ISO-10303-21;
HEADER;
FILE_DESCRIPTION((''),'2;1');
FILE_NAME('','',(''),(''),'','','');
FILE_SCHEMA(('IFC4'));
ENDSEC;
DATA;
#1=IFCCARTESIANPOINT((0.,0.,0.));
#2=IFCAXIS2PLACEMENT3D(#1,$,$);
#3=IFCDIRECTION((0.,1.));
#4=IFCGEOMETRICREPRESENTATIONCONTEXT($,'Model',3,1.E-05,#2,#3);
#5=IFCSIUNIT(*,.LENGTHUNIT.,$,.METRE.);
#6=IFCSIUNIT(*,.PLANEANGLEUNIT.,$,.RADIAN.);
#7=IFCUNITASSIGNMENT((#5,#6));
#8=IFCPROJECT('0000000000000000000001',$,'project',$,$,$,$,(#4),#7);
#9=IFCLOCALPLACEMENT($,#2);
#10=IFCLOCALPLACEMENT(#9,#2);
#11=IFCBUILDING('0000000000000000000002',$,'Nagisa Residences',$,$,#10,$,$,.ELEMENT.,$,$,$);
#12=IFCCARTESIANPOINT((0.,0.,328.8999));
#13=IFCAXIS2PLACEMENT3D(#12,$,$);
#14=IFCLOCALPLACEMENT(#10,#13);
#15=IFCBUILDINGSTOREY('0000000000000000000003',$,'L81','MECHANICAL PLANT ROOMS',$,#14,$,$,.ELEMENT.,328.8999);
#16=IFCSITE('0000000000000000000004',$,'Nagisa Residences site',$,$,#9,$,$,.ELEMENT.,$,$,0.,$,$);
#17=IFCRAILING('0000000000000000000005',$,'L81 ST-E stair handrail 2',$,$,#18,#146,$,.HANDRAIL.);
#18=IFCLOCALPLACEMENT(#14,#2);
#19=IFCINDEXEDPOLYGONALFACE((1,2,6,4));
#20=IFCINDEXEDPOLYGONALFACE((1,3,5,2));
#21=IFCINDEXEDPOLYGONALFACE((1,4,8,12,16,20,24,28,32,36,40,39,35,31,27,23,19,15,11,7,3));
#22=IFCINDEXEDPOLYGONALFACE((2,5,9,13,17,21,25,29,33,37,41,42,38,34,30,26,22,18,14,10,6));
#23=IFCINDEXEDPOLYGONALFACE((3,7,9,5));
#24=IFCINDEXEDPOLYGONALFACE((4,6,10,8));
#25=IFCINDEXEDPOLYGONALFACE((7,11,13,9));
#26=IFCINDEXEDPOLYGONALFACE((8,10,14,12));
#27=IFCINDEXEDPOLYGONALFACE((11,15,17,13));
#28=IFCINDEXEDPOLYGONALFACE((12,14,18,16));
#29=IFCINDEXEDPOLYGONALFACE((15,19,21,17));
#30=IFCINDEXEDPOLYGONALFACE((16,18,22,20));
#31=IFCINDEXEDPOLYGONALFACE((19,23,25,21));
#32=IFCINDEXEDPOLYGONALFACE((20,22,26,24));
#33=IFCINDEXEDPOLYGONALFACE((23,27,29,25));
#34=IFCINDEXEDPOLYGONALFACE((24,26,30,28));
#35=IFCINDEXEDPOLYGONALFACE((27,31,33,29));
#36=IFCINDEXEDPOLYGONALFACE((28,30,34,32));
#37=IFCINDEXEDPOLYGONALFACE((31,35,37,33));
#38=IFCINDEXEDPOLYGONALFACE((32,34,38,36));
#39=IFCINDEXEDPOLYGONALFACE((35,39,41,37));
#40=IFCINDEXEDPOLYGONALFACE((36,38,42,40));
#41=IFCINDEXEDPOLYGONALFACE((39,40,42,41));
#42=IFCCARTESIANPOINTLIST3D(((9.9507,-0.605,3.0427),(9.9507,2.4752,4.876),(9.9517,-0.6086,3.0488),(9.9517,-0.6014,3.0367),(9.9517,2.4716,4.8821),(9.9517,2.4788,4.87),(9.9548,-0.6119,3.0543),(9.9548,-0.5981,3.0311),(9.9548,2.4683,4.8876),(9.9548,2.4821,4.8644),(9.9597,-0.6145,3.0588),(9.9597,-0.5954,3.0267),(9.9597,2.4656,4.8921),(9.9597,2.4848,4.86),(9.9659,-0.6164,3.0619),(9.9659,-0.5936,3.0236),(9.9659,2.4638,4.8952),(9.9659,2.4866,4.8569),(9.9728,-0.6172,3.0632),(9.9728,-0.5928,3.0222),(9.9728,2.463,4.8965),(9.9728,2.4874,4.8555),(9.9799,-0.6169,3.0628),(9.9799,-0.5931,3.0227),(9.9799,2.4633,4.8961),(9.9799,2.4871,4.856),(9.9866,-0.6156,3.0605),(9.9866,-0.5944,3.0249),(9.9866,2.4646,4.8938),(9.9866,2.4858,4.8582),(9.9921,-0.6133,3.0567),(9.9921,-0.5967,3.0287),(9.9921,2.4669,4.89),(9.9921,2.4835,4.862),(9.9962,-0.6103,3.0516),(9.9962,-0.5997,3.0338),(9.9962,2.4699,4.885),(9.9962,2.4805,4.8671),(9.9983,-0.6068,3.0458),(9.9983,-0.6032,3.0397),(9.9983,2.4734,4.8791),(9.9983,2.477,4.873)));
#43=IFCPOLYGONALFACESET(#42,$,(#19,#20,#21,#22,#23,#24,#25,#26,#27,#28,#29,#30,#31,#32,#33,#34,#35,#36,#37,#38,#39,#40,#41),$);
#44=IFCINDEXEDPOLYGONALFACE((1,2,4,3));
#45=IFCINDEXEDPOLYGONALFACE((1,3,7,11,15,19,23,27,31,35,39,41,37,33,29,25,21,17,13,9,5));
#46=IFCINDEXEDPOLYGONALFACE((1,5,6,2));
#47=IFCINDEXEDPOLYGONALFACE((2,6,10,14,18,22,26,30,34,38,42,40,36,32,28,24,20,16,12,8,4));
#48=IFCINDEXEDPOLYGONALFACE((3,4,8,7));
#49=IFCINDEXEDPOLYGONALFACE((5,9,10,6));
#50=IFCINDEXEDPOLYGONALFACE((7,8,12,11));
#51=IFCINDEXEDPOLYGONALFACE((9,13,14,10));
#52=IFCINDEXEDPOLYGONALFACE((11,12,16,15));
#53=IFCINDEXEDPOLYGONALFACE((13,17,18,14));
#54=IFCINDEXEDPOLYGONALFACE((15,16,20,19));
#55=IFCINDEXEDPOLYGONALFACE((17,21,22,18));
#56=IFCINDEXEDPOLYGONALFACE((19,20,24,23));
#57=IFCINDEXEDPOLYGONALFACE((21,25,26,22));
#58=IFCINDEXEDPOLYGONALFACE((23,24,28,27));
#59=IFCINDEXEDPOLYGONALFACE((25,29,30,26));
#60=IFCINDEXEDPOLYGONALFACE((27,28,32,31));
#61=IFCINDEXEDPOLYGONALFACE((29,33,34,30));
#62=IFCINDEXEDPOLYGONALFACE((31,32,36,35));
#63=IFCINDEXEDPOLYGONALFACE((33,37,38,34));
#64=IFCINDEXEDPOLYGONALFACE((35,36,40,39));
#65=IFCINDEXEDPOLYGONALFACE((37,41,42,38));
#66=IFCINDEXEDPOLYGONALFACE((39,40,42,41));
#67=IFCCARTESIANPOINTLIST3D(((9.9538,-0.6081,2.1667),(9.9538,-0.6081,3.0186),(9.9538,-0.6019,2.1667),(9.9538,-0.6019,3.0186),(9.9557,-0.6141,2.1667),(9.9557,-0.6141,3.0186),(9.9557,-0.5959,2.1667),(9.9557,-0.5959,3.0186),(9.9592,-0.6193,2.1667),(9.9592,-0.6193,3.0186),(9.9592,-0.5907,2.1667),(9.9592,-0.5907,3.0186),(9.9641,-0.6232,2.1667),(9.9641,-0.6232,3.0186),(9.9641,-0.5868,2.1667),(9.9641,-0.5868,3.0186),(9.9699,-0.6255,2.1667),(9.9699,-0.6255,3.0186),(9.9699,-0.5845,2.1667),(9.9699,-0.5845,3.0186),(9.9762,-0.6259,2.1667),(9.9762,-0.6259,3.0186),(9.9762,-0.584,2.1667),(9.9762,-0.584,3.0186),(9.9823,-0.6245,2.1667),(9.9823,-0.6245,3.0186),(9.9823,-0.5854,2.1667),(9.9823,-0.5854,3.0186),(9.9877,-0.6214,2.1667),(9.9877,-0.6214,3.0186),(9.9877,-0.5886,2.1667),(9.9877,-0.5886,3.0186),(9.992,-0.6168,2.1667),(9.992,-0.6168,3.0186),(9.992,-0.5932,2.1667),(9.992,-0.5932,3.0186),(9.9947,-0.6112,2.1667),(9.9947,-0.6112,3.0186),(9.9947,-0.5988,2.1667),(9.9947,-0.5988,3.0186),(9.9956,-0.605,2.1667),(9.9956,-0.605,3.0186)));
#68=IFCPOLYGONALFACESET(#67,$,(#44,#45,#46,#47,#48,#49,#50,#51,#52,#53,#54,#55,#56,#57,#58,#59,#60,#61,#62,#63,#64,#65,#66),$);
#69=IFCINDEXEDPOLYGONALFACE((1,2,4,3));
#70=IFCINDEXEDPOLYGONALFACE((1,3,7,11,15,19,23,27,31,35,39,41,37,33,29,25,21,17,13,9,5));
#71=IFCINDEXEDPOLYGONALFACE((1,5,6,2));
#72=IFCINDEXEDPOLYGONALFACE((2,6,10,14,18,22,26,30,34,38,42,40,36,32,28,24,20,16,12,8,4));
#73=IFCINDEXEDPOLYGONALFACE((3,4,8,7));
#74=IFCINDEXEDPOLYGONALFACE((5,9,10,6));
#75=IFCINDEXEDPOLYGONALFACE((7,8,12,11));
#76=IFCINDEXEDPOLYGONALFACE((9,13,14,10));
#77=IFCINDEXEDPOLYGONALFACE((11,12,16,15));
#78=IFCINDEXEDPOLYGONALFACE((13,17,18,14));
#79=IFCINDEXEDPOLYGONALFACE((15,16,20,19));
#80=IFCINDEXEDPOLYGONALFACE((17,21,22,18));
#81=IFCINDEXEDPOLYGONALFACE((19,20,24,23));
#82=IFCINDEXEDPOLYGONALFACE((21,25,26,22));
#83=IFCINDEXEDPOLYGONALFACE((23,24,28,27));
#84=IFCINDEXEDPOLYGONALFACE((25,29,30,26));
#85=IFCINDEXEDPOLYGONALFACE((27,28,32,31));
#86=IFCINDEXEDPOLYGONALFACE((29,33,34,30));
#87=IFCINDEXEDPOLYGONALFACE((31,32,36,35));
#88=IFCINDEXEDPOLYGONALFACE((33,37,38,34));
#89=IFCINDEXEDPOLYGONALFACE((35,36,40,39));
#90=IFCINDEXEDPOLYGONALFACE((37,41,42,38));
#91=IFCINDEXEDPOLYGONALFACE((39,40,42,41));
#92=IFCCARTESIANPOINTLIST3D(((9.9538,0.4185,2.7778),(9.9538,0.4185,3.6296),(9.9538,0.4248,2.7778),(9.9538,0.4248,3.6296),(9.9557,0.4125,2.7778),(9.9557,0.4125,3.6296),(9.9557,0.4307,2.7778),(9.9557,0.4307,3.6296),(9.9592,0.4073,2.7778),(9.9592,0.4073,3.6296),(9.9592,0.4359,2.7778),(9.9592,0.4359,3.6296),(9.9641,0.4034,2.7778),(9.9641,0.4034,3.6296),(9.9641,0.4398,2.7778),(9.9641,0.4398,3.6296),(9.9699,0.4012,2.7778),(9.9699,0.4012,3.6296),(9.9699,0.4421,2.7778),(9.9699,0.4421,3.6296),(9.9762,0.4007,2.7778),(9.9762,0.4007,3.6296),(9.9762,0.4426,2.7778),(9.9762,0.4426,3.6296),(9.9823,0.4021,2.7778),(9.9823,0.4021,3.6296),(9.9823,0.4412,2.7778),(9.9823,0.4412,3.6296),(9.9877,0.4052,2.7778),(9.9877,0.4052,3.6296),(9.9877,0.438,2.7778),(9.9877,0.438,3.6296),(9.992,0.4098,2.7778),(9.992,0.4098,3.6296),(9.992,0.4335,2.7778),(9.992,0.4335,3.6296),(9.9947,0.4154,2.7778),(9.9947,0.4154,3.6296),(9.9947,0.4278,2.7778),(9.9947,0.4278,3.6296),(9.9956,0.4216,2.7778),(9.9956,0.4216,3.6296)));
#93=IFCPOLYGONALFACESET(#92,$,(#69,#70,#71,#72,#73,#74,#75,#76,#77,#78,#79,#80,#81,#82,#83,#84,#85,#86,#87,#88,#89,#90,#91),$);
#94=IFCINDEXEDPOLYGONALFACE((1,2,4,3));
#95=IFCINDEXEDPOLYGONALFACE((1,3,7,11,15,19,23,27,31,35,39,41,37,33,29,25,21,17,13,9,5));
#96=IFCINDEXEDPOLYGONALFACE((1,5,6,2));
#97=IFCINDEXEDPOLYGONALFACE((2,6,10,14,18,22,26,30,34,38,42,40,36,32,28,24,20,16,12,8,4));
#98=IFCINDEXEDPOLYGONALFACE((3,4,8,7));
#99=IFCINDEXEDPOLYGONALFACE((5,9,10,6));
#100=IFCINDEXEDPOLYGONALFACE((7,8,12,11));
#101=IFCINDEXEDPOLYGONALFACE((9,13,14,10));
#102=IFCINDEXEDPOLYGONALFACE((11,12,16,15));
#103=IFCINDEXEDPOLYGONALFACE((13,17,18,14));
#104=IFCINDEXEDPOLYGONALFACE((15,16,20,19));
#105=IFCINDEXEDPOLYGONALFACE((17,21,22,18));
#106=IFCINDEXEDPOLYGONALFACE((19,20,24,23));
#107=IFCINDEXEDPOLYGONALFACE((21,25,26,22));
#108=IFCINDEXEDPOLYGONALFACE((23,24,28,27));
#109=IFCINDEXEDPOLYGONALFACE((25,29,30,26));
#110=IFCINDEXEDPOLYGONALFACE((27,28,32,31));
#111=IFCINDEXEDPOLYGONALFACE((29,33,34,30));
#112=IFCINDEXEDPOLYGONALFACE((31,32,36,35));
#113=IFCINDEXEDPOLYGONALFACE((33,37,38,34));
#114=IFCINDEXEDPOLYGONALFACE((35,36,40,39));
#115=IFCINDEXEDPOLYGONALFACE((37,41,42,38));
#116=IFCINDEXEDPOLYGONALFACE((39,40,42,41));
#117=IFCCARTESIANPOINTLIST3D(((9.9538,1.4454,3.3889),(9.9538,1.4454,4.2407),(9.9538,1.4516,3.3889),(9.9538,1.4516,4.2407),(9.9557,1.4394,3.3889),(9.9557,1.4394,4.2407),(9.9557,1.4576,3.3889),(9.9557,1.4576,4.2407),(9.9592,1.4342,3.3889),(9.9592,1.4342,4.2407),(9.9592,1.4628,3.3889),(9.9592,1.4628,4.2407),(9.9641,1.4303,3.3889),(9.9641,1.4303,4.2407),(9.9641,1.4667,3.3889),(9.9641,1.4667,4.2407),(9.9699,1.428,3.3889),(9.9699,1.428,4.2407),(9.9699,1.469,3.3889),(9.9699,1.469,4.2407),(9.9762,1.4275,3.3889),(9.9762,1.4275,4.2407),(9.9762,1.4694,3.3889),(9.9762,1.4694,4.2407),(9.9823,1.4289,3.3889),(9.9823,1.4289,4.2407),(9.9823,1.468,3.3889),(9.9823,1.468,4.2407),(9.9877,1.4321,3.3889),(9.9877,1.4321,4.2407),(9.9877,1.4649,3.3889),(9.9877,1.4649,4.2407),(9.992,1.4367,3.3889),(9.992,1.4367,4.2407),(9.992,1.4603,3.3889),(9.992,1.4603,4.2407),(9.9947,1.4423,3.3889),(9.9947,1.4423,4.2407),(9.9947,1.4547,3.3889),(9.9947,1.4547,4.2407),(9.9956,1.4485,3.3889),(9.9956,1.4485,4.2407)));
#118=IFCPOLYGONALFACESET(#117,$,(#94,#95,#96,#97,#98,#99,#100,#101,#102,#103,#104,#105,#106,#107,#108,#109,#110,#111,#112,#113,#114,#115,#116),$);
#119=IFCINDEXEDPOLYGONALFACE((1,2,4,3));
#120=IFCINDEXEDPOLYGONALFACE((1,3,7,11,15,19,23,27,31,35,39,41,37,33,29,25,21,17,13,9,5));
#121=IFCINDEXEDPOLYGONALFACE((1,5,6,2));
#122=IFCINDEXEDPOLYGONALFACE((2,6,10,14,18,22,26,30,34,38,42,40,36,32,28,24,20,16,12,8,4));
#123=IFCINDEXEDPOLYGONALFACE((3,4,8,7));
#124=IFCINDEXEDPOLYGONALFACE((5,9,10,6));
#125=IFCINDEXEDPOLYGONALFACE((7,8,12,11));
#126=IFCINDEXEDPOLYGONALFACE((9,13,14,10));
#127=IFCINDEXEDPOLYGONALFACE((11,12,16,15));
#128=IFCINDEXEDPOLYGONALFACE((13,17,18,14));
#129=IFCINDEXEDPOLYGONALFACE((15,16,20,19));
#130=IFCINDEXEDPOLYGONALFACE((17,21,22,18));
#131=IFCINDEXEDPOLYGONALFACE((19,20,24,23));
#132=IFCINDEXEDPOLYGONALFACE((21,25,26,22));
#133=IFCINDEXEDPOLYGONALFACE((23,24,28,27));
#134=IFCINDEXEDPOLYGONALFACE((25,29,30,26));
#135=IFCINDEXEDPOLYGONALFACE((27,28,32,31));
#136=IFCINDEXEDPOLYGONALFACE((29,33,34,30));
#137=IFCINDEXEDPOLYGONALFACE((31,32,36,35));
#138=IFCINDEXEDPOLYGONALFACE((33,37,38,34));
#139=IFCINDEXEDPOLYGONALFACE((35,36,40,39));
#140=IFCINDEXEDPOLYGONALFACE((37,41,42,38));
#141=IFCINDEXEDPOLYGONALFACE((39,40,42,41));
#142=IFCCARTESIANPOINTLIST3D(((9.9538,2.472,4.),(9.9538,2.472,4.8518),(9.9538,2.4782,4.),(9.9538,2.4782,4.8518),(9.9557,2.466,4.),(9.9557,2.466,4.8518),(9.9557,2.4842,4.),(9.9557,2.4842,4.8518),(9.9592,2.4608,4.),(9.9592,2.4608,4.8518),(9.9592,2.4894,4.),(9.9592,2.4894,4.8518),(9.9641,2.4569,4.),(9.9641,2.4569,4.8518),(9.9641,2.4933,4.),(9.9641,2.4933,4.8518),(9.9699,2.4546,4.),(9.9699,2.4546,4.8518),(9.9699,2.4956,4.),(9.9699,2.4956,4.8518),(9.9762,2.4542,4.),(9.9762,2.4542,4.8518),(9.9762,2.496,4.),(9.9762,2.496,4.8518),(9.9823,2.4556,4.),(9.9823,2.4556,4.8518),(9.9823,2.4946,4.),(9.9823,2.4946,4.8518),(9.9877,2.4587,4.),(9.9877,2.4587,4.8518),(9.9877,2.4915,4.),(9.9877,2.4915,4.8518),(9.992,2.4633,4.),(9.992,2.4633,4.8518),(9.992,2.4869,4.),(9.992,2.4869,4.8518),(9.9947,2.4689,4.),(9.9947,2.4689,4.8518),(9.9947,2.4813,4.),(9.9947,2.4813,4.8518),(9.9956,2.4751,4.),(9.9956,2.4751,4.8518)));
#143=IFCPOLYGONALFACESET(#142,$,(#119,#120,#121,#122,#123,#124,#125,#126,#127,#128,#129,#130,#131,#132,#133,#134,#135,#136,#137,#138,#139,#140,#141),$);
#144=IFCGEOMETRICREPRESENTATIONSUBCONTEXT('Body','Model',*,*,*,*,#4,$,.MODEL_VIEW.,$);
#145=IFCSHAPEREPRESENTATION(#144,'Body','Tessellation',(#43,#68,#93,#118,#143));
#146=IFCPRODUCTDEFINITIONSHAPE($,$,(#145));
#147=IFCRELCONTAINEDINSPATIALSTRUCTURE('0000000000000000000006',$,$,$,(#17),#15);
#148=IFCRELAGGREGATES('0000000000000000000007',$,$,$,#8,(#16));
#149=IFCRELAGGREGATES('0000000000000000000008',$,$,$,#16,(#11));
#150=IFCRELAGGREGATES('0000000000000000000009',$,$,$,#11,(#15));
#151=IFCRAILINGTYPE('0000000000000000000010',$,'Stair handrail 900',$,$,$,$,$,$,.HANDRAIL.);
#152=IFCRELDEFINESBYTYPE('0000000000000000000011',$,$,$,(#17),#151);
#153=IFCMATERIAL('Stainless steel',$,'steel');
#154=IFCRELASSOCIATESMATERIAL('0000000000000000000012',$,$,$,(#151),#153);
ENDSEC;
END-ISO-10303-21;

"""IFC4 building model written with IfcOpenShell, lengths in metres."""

from ifc_helpers import new_model, si_unit, direction, frame, origin, origin_2d, place, context, subcontext, project, spatial, circle, extrude, material, type_object, element, save


model = new_model("IFC4")

# Units and contexts
model_context = context("Model", 3, precision=1e-05, world=origin(), true_north=direction((0.0, 1.0)))
body_context = subcontext(model_context, "Body", "Model", "MODEL_VIEW")
ifc_project = project(units=[si_unit("LENGTHUNIT", "METRE"), si_unit("PLANEANGLEUNIT", "RADIAN")], contexts=[model_context])

# Site, building, storey
site_placement = place(None, origin())
site = spatial("IfcSite", under=ifc_project, at=site_placement, Name="Nagisa Residences site", CompositionType="ELEMENT", RefElevation=0.0)
building_placement = place(site_placement, origin())
building = spatial("IfcBuilding", under=site, at=building_placement, Name="Nagisa Residences", CompositionType="ELEMENT")
storey_placement = place(building_placement, frame((0.0, 0.0, 328.8999)))
storey = spatial("IfcBuildingStorey", under=building, at=storey_placement, Name="L81", Description="MECHANICAL PLANT ROOMS", CompositionType="ELEMENT", Elevation=328.8999)

# Railing
ifc_material_1 = material(Name="Stainless steel", Category="steel")
railing_type_1 = type_object("IfcRailingType", Name="Stair handrail 900", PredefinedType="HANDRAIL", material=ifc_material_1)
railing_1_placement = place(storey_placement, frame((9.9746, -0.605, 2.1667)))
element("IfcRailing", 1, at=railing_1_placement, inside=storey, type_object=railing_type_1, Name="L81 ST-E stair handrail 2", PredefinedType="HANDRAIL", context=body_context, shape_type="SweptSolid", body=[
    extrude(circle(Radius=0.0239, at=origin_2d()), frame((0.0, 0.0, 0.876), z_axis=(0.0, 0.859309, 0.511458), x_axis=(-1.0, 0.0, 0.0)), (0.0, 0.0, 1.0), 3.5845),
    extrude(circle(Radius=0.021, at=origin_2d()), origin(), (0.0, 0.0, 1.0), 0.8518),
    extrude(circle(Radius=0.021, at=origin_2d()), frame((0.0, 1.0266, 0.6111)), (0.0, 0.0, 1.0), 0.8518),
    extrude(circle(Radius=0.021, at=origin_2d()), frame((0.0, 2.0535, 1.2222)), (0.0, 0.0, 1.0), 0.8518),
    extrude(circle(Radius=0.021, at=origin_2d()), frame((0.0, 3.0801, 1.8333)), (0.0, 0.0, 1.0), 0.8518),
])

save(model, "model.ifc")
